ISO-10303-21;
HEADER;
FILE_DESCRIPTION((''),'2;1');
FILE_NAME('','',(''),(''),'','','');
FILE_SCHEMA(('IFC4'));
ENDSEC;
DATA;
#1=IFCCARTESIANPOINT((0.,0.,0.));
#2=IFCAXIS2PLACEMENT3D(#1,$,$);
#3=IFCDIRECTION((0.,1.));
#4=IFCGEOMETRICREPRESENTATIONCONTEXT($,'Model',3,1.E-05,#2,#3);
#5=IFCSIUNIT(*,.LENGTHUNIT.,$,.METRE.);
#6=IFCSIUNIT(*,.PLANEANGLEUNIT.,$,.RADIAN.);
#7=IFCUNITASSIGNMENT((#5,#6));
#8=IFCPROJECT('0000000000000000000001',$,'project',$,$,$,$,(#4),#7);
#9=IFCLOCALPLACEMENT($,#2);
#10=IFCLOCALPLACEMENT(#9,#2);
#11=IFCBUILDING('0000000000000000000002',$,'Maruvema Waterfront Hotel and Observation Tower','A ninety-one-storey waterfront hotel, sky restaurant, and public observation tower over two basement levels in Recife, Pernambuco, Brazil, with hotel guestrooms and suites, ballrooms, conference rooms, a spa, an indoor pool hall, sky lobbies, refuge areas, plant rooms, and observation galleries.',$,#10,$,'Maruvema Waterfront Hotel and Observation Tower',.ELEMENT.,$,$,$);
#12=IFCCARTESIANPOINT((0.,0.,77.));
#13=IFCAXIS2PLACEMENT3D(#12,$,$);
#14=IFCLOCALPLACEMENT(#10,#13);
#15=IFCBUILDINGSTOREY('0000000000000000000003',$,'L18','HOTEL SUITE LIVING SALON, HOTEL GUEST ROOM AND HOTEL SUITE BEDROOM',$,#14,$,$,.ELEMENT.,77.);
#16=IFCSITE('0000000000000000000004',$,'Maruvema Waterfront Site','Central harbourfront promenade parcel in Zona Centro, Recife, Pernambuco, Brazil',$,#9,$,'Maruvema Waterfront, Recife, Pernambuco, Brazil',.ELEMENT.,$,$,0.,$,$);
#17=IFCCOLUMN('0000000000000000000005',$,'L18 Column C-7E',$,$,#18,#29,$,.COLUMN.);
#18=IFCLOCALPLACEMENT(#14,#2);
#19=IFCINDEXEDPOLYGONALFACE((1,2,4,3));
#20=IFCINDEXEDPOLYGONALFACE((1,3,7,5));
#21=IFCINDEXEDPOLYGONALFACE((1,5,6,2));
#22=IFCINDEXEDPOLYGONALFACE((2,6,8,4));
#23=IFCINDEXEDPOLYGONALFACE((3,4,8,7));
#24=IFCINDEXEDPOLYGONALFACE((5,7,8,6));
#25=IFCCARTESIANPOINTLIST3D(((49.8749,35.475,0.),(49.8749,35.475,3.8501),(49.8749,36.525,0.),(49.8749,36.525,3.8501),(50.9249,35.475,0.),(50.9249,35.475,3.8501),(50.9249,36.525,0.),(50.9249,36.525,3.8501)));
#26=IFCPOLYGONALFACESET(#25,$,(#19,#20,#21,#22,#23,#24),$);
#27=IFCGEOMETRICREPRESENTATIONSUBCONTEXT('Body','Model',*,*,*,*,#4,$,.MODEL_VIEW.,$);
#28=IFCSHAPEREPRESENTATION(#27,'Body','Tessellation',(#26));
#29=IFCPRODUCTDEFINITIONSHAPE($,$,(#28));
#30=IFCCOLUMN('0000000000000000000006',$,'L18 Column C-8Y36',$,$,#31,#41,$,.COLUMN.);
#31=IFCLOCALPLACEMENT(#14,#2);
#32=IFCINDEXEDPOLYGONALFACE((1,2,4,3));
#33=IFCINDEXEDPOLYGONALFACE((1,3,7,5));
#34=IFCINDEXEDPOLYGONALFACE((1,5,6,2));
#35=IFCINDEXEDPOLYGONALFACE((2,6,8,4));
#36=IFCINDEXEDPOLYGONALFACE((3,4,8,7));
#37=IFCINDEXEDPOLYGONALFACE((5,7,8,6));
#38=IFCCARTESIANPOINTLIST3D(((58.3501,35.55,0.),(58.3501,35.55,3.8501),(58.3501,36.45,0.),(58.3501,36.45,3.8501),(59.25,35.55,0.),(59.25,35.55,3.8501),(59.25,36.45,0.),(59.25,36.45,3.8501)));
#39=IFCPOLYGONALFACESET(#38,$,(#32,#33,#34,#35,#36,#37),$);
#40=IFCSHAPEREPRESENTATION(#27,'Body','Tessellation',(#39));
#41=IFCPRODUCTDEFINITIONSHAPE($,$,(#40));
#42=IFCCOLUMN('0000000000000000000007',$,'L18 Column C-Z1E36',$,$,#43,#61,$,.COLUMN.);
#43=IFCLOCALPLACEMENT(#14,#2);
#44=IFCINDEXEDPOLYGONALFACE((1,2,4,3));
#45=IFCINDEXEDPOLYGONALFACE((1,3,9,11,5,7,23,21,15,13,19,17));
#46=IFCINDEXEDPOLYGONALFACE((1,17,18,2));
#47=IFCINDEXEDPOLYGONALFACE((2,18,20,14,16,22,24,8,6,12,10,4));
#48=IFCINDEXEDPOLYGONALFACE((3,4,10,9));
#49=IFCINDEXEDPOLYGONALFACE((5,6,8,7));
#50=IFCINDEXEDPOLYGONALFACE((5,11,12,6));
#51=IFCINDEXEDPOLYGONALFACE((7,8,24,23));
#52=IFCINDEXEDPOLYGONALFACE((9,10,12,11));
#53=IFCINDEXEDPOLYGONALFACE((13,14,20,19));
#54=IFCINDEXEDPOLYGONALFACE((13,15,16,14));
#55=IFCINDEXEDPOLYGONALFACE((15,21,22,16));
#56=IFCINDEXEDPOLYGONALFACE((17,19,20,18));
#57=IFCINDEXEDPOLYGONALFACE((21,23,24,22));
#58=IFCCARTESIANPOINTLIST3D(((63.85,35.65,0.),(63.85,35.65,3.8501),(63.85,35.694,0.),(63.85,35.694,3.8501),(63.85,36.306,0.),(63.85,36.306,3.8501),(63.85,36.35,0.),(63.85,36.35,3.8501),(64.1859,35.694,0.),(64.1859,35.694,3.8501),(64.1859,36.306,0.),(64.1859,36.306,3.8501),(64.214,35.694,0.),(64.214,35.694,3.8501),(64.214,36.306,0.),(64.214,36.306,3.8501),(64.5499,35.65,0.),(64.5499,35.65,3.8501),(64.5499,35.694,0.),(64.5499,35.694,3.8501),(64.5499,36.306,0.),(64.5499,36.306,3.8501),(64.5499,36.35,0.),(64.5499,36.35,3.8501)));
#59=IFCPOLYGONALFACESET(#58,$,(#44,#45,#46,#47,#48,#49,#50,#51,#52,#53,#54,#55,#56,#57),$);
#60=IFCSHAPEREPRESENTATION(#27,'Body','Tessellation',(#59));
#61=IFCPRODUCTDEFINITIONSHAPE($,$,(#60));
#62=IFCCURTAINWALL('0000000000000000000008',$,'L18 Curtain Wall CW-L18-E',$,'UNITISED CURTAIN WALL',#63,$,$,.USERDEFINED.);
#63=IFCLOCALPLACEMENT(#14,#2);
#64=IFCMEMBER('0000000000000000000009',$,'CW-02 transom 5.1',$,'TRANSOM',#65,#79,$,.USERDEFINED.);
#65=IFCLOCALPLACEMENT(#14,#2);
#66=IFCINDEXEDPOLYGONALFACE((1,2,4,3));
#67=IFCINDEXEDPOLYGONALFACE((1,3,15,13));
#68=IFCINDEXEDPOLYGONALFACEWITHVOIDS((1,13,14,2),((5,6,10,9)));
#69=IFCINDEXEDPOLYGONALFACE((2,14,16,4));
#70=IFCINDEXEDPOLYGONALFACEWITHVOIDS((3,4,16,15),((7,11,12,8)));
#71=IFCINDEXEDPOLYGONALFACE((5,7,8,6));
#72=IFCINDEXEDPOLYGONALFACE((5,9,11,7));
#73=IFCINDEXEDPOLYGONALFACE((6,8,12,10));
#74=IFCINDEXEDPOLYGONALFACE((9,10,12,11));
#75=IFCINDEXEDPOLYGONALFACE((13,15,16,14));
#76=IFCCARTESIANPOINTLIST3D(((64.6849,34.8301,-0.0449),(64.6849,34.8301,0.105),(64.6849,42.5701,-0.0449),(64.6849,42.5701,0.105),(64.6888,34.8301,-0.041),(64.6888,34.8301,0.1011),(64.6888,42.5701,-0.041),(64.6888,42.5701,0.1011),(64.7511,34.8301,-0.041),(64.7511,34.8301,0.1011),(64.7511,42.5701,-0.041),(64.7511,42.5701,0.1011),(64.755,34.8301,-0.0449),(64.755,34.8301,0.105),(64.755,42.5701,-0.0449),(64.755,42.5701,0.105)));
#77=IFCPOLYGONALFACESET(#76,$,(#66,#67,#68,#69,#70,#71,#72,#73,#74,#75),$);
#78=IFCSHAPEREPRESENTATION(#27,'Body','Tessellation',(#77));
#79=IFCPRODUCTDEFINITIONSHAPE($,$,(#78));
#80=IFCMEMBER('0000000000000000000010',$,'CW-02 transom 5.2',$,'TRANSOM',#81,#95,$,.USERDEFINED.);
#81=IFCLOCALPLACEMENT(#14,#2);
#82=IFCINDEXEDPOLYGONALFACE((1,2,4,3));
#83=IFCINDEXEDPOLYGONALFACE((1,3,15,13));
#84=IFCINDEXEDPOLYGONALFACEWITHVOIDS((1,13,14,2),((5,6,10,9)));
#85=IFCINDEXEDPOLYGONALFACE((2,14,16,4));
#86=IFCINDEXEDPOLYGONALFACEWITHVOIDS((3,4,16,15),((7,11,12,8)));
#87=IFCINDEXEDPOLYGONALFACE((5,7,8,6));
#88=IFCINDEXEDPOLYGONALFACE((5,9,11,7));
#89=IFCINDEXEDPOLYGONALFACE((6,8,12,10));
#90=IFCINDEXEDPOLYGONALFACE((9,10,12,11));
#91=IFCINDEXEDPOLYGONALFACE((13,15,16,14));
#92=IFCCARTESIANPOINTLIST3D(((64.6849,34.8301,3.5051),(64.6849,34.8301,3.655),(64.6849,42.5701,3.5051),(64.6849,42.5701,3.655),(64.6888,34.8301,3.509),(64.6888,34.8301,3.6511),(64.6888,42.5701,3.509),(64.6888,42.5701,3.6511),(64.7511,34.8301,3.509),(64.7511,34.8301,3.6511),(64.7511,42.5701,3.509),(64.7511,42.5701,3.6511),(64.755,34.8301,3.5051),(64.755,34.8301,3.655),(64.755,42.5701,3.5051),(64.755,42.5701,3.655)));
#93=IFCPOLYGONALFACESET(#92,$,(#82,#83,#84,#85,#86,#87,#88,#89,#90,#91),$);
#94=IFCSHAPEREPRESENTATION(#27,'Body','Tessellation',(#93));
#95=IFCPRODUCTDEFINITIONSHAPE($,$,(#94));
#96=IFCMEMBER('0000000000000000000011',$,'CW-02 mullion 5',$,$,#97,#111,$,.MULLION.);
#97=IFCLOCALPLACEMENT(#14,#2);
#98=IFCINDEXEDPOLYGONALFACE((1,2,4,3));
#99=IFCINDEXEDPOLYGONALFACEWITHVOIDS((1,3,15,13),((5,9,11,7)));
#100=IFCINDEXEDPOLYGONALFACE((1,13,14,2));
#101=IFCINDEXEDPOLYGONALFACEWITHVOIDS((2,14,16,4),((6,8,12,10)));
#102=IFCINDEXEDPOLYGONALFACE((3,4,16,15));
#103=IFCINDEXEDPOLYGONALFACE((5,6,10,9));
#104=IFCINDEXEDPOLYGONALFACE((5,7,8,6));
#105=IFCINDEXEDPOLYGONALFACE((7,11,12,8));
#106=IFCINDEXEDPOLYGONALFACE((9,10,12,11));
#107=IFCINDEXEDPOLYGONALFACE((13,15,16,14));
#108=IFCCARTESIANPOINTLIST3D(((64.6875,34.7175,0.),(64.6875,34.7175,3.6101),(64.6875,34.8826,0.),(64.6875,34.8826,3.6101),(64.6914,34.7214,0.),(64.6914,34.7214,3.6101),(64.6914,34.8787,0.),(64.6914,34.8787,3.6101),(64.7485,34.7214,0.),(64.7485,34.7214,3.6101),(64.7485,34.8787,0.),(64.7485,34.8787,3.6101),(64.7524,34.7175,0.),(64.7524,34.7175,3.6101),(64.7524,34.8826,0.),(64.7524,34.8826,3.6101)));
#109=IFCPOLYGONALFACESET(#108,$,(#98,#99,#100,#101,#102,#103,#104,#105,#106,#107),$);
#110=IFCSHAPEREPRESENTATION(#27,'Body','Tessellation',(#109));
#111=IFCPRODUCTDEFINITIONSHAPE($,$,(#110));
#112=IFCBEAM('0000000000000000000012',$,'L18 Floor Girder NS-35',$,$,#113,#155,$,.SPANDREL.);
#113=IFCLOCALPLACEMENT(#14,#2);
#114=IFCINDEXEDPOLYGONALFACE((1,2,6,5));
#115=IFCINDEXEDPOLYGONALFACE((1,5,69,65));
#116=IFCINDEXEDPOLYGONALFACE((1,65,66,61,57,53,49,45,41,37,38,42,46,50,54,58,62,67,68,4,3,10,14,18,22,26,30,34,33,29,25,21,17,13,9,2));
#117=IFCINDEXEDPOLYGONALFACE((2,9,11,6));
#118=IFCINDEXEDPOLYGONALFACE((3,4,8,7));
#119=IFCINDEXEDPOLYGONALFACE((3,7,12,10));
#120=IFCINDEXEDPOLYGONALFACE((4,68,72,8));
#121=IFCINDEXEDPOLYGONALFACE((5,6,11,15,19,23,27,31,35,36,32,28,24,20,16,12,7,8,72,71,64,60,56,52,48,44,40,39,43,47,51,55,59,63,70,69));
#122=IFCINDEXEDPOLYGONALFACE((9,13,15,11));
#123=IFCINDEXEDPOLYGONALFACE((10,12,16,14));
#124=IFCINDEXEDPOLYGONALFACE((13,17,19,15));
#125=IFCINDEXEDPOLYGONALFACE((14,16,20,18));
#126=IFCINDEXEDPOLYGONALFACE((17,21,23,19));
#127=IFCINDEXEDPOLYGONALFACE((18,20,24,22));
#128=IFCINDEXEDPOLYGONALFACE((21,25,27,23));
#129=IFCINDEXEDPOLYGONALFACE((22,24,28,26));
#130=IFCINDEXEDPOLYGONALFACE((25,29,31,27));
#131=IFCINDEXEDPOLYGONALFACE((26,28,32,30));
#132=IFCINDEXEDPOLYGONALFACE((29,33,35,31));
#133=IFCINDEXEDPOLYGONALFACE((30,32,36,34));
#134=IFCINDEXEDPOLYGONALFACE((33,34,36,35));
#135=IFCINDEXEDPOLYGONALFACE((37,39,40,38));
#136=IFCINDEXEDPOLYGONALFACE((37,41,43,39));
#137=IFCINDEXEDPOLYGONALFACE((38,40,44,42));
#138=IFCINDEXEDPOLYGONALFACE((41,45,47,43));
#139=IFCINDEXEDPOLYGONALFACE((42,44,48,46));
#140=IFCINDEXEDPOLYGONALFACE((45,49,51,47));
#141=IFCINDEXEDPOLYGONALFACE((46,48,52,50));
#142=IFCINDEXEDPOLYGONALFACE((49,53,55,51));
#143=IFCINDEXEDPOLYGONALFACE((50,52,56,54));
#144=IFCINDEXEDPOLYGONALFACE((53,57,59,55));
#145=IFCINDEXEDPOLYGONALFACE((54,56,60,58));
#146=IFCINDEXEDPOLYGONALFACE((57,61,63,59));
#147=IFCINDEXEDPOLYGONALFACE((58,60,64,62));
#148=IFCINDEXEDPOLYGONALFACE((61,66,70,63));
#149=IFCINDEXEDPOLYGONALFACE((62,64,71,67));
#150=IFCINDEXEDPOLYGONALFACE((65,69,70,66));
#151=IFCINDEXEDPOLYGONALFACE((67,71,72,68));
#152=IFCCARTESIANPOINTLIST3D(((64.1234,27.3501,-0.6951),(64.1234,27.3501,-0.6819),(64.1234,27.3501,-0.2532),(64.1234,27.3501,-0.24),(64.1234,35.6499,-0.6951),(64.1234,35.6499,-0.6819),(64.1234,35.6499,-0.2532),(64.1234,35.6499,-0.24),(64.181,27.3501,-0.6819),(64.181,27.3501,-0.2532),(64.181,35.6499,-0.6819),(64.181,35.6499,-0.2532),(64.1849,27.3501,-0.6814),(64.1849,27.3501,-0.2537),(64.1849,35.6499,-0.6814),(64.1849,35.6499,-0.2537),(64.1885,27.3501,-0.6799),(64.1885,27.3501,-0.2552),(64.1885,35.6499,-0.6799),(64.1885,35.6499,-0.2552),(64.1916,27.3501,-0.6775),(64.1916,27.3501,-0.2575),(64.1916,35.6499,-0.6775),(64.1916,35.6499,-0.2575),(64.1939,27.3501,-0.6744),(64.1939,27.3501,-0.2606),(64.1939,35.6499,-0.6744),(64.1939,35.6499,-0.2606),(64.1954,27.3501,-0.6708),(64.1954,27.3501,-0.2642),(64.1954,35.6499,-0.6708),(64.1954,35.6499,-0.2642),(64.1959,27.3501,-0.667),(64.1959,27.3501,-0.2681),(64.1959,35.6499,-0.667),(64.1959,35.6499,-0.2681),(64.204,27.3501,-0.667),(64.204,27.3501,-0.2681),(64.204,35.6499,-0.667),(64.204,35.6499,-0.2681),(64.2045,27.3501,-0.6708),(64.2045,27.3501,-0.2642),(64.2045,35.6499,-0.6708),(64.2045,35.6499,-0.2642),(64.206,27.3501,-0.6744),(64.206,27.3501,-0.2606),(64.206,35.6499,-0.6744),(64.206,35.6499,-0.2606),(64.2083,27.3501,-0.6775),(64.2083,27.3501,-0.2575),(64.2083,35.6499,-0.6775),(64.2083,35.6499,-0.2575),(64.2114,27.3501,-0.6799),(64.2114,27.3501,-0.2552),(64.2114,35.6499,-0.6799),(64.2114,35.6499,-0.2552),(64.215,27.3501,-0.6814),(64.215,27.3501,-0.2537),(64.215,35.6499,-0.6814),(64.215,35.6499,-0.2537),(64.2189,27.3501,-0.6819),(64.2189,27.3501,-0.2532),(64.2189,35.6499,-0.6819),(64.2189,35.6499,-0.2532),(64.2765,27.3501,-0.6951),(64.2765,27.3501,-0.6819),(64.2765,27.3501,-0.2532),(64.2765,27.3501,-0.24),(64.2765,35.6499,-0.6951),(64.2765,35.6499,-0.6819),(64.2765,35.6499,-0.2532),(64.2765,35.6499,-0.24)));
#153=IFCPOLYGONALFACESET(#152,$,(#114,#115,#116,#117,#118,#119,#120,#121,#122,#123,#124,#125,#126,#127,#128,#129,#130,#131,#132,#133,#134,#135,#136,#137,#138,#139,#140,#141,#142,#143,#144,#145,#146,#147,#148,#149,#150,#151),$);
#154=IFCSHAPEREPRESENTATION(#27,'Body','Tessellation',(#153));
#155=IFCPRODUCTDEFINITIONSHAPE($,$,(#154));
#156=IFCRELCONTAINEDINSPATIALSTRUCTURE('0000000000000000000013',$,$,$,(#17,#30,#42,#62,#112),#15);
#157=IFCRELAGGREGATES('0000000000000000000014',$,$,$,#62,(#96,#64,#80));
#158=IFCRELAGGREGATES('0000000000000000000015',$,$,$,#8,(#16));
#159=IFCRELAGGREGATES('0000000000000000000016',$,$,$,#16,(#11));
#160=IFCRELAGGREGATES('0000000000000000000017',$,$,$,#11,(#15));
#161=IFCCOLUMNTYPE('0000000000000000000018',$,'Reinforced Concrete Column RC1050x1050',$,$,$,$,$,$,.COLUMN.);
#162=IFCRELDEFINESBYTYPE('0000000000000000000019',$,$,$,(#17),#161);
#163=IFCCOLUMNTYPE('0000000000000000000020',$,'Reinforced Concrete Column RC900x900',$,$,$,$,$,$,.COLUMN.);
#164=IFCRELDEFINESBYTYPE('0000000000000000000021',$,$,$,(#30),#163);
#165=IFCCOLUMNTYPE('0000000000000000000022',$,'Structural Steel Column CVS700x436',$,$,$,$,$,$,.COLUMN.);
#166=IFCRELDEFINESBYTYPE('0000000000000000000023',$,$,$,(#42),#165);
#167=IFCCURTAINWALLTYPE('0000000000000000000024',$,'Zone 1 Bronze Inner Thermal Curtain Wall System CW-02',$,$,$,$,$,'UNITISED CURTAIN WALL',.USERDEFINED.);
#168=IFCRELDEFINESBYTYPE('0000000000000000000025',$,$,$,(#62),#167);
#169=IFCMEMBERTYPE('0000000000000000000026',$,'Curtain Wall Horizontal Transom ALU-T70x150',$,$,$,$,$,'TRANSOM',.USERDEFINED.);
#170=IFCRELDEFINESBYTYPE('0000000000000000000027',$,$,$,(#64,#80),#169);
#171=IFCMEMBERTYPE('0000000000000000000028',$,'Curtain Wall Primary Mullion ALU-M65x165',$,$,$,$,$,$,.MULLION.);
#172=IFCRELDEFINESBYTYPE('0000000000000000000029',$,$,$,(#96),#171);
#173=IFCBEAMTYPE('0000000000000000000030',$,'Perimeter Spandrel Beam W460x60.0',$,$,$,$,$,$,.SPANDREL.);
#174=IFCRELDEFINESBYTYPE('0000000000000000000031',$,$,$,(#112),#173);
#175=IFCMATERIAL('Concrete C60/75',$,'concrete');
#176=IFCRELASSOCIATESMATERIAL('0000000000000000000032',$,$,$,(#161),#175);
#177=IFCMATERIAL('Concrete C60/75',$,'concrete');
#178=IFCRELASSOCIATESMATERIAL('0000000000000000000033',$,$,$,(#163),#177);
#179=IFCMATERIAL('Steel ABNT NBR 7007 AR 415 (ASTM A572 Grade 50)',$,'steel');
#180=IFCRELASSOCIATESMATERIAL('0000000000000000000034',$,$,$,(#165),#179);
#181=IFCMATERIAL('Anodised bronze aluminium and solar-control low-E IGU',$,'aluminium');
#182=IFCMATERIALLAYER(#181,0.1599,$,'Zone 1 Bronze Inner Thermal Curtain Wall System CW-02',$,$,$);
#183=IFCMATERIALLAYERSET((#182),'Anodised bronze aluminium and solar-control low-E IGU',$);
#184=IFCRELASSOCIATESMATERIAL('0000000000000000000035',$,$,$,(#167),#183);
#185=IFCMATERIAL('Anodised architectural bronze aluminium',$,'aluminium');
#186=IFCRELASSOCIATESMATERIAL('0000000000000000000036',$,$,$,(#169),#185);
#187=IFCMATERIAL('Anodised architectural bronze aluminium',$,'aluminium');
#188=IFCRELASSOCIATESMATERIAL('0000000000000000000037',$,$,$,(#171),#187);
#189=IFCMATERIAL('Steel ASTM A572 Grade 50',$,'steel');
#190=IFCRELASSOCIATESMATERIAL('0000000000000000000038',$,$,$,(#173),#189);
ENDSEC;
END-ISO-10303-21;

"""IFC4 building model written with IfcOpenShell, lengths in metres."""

from ifc_helpers import new_model, si_unit, direction, frame, origin, origin_2d, place, context, subcontext, project, spatial, rectangle, hollow_rectangle, i_section, extrude, material, layer, layer_set, material_profile, profile_set, type_object, element, aggregate, save


model = new_model("IFC4")

# Units and contexts
model_context = context("Model", 3, precision=1e-05, world=origin(), true_north=direction((0.0, 1.0)))
body_context = subcontext(model_context, "Body", "Model", "MODEL_VIEW")
ifc_project = project(units=[si_unit("LENGTHUNIT", "METRE"), si_unit("PLANEANGLEUNIT", "RADIAN")], contexts=[model_context])

# Site, building, storey
site_placement = place(None, origin())
site = spatial("IfcSite", under=ifc_project, at=site_placement, Name="Maruvema Waterfront Site", Description="Central harbourfront promenade parcel in Zona Centro, Recife, Pernambuco, Brazil", LongName="Maruvema Waterfront, Recife, Pernambuco, Brazil", CompositionType="ELEMENT", RefElevation=0.0)
building_placement = place(site_placement, origin())
building = spatial("IfcBuilding", under=site, at=building_placement, Name="Maruvema Waterfront Hotel and Observation Tower", Description="A ninety-one-storey waterfront hotel, sky restaurant, and public observation tower over two basement levels in Recife, Pernambuco, Brazil, with hotel guestrooms and suites, ballrooms, conference rooms, a spa, an indoor pool hall, sky lobbies, refuge areas, plant rooms, and observation galleries.", LongName="Maruvema Waterfront Hotel and Observation Tower", CompositionType="ELEMENT")
storey_placement = place(building_placement, frame((0.0, 0.0, 77.0)))
storey = spatial("IfcBuildingStorey", under=building, at=storey_placement, Name="L18", Description="HOTEL SUITE LIVING SALON, HOTEL GUEST ROOM AND HOTEL SUITE BEDROOM", CompositionType="ELEMENT", Elevation=77.0)

# Columns
ifc_material_1 = material(Name="Concrete C60/75", Category="concrete")
ifc_material_profile_1 = material_profile(ifc_material_1, rectangle(XDim=1.05, YDim=1.05, at=origin_2d()), Name="RC1050x1050")
ifc_profile_set_1 = profile_set([ifc_material_profile_1], Name="Concrete C60/75")
column_type_1 = type_object("IfcColumnType", Name="Reinforced Concrete Column RC1050x1050", PredefinedType="COLUMN", material=ifc_profile_set_1)
column_1_placement = place(storey_placement, frame((50.3999, 36.0, 0.0), z_axis=(0.0, 0.0, 1.0), x_axis=(1.0, 0.0, 0.0)))
element("IfcColumn", 1, at=column_1_placement, inside=storey, type_object=column_type_1, Name="L18 Column C-7E", PredefinedType="COLUMN", context=body_context, shape_type="SweptSolid", body=[
    extrude(rectangle(XDim=1.05, YDim=1.05, at=origin_2d()), origin(), (0.0, 0.0, 1.0), 3.8501),
])
ifc_material_2 = material(Name="Concrete C60/75", Category="concrete")
ifc_material_profile_2 = material_profile(ifc_material_2, rectangle(XDim=0.8999, YDim=0.8999, at=origin_2d()), Name="RC900x900")
ifc_profile_set_2 = profile_set([ifc_material_profile_2], Name="Concrete C60/75")
column_type_2 = type_object("IfcColumnType", Name="Reinforced Concrete Column RC900x900", PredefinedType="COLUMN", material=ifc_profile_set_2)
column_2_placement = place(storey_placement, frame((58.8, 36.0, 0.0), z_axis=(0.0, 0.0, 1.0), x_axis=(1.0, 0.0, 0.0)))
element("IfcColumn", 2, at=column_2_placement, inside=storey, type_object=column_type_2, Name="L18 Column C-8Y36", PredefinedType="COLUMN", context=body_context, shape_type="SweptSolid", body=[
    extrude(rectangle(XDim=0.8999, YDim=0.8999, at=origin_2d()), origin(), (0.0, 0.0, 1.0), 3.8501),
])
ifc_material_3 = material(Name="Steel ABNT NBR 7007 AR 415 (ASTM A572 Grade 50)", Category="steel")
ifc_material_profile_3 = material_profile(ifc_material_3, i_section(OverallWidth=0.7, OverallDepth=0.7, WebThickness=0.0281, FlangeThickness=0.0439, at=origin_2d()), Name="CVS700x436")
ifc_profile_set_3 = profile_set([ifc_material_profile_3], Name="Steel ABNT NBR 7007 AR 415 (ASTM A572 Grade 50)")
column_type_3 = type_object("IfcColumnType", Name="Structural Steel Column CVS700x436", PredefinedType="COLUMN", material=ifc_profile_set_3)
column_3_placement = place(storey_placement, frame((64.2, 36.0, 0.0), z_axis=(0.0, 0.0, 1.0), x_axis=(1.0, 0.0, 0.0)))
element("IfcColumn", 3, at=column_3_placement, inside=storey, type_object=column_type_3, Name="L18 Column C-Z1E36", PredefinedType="COLUMN", context=body_context, shape_type="SweptSolid", body=[
    extrude(i_section(OverallWidth=0.7, OverallDepth=0.7, WebThickness=0.0281, FlangeThickness=0.0439, at=origin_2d()), origin(), (0.0, 0.0, 1.0), 3.8501),
])

# Curtain wall, members
ifc_material_4 = material(Name="Anodised bronze aluminium and solar-control low-E IGU", Category="aluminium")
ifc_layer_1 = layer(ifc_material_4, 0.1599, Name="Zone 1 Bronze Inner Thermal Curtain Wall System CW-02")
ifc_layer_set_1 = layer_set([ifc_layer_1], Name="Anodised bronze aluminium and solar-control low-E IGU")
curtain_wall_type = type_object("IfcCurtainWallType", Name="Zone 1 Bronze Inner Thermal Curtain Wall System CW-02", ElementType="UNITISED CURTAIN WALL", PredefinedType="USERDEFINED", material=ifc_layer_set_1)
curtain_wall_placement = place(storey_placement, origin())
curtain_wall = element("IfcCurtainWall", 4, at=curtain_wall_placement, inside=storey, type_object=curtain_wall_type, Name="L18 Curtain Wall CW-L18-E", ObjectType="UNITISED CURTAIN WALL", PredefinedType="USERDEFINED")
ifc_material_5 = material(Name="Anodised architectural bronze aluminium", Category="aluminium")
ifc_material_profile_4 = material_profile(ifc_material_5, hollow_rectangle(XDim=0.0701, YDim=0.1499, WallThickness=0.0039, at=origin_2d()), Name="ALU-T70x150")
ifc_profile_set_4 = profile_set([ifc_material_profile_4], Name="Anodised architectural bronze aluminium")
member_type_1 = type_object("IfcMemberType", Name="Curtain Wall Horizontal Transom ALU-T70x150", ElementType="TRANSOM", PredefinedType="USERDEFINED", material=ifc_profile_set_4)
member_1_placement = place(storey_placement, frame((64.72, 34.8301, 0.03), z_axis=(0.0, 1.0, 0.0), x_axis=(-1.0, 0.0, 0.0)))
member_1 = element("IfcMember", 5, at=member_1_placement, type_object=member_type_1, Name="CW-02 transom 5.1", ObjectType="TRANSOM", PredefinedType="USERDEFINED", context=body_context, shape_type="SweptSolid", body=[
    extrude(hollow_rectangle(XDim=0.0701, YDim=0.1499, WallThickness=0.0039, at=origin_2d()), origin(), (0.0, 0.0, 1.0), 7.74),
])
member_2_placement = place(storey_placement, frame((64.72, 34.8301, 3.5801), z_axis=(0.0, 1.0, 0.0), x_axis=(-1.0, 0.0, 0.0)))
member_2 = element("IfcMember", 6, at=member_2_placement, type_object=member_type_1, Name="CW-02 transom 5.2", ObjectType="TRANSOM", PredefinedType="USERDEFINED", context=body_context, shape_type="SweptSolid", body=[
    extrude(hollow_rectangle(XDim=0.0701, YDim=0.1499, WallThickness=0.0039, at=origin_2d()), origin(), (0.0, 0.0, 1.0), 7.74),
])
ifc_material_6 = material(Name="Anodised architectural bronze aluminium", Category="aluminium")
ifc_material_profile_5 = material_profile(ifc_material_6, hollow_rectangle(XDim=0.0649, YDim=0.165, WallThickness=0.0039, at=origin_2d()), Name="ALU-M65x165")
ifc_profile_set_5 = profile_set([ifc_material_profile_5], Name="Anodised architectural bronze aluminium")
member_type_2 = type_object("IfcMemberType", Name="Curtain Wall Primary Mullion ALU-M65x165", PredefinedType="MULLION", material=ifc_profile_set_5)
member_3_placement = place(storey_placement, frame((64.72, 34.8, 0.0), z_axis=(0.0, 0.0, 1.0), x_axis=(-1.0, 0.0, 0.0)))
member_3 = element("IfcMember", 7, at=member_3_placement, type_object=member_type_2, Name="CW-02 mullion 5", PredefinedType="MULLION", context=body_context, shape_type="SweptSolid", body=[
    extrude(hollow_rectangle(XDim=0.0649, YDim=0.165, WallThickness=0.0039, at=origin_2d()), origin(), (0.0, 0.0, 1.0), 3.6101),
])

# Beam
ifc_material_7 = material(Name="Steel ASTM A572 Grade 50", Category="steel")
ifc_material_profile_6 = material_profile(ifc_material_7, i_section(OverallWidth=0.1531, OverallDepth=0.4551, WebThickness=0.0081, FlangeThickness=0.0132, FilletRadius=0.0149, at=origin_2d()), Name="W460x60.0")
ifc_profile_set_6 = profile_set([ifc_material_profile_6], Name="Steel ASTM A572 Grade 50")
beam_type_1 = type_object("IfcBeamType", Name="Perimeter Spandrel Beam W460x60.0", PredefinedType="SPANDREL", material=ifc_profile_set_6)
for number, where, z_axis, x_axis, name in (
    (8, (64.2, 27.3501, -0.4675), (0.0, 1.0, 0.0), (-1.0, 0.0, 0.0), "L18 Floor Girder NS-35"),
):
    element("IfcBeam", number, at=place(storey_placement, frame(where, z_axis=z_axis, x_axis=x_axis)), inside=storey, type_object=beam_type_1, Name=name, PredefinedType="SPANDREL", context=body_context, shape_type="SweptSolid", body=[
        extrude(i_section(OverallWidth=0.1531, OverallDepth=0.4551, WebThickness=0.0081, FlangeThickness=0.0132, FilletRadius=0.0149, at=origin_2d()), origin(), (0.0, 0.0, 1.0), 8.2998),
    ])

aggregate(curtain_wall, [member_3, member_1, member_2])

save(model, "model.ifc")
